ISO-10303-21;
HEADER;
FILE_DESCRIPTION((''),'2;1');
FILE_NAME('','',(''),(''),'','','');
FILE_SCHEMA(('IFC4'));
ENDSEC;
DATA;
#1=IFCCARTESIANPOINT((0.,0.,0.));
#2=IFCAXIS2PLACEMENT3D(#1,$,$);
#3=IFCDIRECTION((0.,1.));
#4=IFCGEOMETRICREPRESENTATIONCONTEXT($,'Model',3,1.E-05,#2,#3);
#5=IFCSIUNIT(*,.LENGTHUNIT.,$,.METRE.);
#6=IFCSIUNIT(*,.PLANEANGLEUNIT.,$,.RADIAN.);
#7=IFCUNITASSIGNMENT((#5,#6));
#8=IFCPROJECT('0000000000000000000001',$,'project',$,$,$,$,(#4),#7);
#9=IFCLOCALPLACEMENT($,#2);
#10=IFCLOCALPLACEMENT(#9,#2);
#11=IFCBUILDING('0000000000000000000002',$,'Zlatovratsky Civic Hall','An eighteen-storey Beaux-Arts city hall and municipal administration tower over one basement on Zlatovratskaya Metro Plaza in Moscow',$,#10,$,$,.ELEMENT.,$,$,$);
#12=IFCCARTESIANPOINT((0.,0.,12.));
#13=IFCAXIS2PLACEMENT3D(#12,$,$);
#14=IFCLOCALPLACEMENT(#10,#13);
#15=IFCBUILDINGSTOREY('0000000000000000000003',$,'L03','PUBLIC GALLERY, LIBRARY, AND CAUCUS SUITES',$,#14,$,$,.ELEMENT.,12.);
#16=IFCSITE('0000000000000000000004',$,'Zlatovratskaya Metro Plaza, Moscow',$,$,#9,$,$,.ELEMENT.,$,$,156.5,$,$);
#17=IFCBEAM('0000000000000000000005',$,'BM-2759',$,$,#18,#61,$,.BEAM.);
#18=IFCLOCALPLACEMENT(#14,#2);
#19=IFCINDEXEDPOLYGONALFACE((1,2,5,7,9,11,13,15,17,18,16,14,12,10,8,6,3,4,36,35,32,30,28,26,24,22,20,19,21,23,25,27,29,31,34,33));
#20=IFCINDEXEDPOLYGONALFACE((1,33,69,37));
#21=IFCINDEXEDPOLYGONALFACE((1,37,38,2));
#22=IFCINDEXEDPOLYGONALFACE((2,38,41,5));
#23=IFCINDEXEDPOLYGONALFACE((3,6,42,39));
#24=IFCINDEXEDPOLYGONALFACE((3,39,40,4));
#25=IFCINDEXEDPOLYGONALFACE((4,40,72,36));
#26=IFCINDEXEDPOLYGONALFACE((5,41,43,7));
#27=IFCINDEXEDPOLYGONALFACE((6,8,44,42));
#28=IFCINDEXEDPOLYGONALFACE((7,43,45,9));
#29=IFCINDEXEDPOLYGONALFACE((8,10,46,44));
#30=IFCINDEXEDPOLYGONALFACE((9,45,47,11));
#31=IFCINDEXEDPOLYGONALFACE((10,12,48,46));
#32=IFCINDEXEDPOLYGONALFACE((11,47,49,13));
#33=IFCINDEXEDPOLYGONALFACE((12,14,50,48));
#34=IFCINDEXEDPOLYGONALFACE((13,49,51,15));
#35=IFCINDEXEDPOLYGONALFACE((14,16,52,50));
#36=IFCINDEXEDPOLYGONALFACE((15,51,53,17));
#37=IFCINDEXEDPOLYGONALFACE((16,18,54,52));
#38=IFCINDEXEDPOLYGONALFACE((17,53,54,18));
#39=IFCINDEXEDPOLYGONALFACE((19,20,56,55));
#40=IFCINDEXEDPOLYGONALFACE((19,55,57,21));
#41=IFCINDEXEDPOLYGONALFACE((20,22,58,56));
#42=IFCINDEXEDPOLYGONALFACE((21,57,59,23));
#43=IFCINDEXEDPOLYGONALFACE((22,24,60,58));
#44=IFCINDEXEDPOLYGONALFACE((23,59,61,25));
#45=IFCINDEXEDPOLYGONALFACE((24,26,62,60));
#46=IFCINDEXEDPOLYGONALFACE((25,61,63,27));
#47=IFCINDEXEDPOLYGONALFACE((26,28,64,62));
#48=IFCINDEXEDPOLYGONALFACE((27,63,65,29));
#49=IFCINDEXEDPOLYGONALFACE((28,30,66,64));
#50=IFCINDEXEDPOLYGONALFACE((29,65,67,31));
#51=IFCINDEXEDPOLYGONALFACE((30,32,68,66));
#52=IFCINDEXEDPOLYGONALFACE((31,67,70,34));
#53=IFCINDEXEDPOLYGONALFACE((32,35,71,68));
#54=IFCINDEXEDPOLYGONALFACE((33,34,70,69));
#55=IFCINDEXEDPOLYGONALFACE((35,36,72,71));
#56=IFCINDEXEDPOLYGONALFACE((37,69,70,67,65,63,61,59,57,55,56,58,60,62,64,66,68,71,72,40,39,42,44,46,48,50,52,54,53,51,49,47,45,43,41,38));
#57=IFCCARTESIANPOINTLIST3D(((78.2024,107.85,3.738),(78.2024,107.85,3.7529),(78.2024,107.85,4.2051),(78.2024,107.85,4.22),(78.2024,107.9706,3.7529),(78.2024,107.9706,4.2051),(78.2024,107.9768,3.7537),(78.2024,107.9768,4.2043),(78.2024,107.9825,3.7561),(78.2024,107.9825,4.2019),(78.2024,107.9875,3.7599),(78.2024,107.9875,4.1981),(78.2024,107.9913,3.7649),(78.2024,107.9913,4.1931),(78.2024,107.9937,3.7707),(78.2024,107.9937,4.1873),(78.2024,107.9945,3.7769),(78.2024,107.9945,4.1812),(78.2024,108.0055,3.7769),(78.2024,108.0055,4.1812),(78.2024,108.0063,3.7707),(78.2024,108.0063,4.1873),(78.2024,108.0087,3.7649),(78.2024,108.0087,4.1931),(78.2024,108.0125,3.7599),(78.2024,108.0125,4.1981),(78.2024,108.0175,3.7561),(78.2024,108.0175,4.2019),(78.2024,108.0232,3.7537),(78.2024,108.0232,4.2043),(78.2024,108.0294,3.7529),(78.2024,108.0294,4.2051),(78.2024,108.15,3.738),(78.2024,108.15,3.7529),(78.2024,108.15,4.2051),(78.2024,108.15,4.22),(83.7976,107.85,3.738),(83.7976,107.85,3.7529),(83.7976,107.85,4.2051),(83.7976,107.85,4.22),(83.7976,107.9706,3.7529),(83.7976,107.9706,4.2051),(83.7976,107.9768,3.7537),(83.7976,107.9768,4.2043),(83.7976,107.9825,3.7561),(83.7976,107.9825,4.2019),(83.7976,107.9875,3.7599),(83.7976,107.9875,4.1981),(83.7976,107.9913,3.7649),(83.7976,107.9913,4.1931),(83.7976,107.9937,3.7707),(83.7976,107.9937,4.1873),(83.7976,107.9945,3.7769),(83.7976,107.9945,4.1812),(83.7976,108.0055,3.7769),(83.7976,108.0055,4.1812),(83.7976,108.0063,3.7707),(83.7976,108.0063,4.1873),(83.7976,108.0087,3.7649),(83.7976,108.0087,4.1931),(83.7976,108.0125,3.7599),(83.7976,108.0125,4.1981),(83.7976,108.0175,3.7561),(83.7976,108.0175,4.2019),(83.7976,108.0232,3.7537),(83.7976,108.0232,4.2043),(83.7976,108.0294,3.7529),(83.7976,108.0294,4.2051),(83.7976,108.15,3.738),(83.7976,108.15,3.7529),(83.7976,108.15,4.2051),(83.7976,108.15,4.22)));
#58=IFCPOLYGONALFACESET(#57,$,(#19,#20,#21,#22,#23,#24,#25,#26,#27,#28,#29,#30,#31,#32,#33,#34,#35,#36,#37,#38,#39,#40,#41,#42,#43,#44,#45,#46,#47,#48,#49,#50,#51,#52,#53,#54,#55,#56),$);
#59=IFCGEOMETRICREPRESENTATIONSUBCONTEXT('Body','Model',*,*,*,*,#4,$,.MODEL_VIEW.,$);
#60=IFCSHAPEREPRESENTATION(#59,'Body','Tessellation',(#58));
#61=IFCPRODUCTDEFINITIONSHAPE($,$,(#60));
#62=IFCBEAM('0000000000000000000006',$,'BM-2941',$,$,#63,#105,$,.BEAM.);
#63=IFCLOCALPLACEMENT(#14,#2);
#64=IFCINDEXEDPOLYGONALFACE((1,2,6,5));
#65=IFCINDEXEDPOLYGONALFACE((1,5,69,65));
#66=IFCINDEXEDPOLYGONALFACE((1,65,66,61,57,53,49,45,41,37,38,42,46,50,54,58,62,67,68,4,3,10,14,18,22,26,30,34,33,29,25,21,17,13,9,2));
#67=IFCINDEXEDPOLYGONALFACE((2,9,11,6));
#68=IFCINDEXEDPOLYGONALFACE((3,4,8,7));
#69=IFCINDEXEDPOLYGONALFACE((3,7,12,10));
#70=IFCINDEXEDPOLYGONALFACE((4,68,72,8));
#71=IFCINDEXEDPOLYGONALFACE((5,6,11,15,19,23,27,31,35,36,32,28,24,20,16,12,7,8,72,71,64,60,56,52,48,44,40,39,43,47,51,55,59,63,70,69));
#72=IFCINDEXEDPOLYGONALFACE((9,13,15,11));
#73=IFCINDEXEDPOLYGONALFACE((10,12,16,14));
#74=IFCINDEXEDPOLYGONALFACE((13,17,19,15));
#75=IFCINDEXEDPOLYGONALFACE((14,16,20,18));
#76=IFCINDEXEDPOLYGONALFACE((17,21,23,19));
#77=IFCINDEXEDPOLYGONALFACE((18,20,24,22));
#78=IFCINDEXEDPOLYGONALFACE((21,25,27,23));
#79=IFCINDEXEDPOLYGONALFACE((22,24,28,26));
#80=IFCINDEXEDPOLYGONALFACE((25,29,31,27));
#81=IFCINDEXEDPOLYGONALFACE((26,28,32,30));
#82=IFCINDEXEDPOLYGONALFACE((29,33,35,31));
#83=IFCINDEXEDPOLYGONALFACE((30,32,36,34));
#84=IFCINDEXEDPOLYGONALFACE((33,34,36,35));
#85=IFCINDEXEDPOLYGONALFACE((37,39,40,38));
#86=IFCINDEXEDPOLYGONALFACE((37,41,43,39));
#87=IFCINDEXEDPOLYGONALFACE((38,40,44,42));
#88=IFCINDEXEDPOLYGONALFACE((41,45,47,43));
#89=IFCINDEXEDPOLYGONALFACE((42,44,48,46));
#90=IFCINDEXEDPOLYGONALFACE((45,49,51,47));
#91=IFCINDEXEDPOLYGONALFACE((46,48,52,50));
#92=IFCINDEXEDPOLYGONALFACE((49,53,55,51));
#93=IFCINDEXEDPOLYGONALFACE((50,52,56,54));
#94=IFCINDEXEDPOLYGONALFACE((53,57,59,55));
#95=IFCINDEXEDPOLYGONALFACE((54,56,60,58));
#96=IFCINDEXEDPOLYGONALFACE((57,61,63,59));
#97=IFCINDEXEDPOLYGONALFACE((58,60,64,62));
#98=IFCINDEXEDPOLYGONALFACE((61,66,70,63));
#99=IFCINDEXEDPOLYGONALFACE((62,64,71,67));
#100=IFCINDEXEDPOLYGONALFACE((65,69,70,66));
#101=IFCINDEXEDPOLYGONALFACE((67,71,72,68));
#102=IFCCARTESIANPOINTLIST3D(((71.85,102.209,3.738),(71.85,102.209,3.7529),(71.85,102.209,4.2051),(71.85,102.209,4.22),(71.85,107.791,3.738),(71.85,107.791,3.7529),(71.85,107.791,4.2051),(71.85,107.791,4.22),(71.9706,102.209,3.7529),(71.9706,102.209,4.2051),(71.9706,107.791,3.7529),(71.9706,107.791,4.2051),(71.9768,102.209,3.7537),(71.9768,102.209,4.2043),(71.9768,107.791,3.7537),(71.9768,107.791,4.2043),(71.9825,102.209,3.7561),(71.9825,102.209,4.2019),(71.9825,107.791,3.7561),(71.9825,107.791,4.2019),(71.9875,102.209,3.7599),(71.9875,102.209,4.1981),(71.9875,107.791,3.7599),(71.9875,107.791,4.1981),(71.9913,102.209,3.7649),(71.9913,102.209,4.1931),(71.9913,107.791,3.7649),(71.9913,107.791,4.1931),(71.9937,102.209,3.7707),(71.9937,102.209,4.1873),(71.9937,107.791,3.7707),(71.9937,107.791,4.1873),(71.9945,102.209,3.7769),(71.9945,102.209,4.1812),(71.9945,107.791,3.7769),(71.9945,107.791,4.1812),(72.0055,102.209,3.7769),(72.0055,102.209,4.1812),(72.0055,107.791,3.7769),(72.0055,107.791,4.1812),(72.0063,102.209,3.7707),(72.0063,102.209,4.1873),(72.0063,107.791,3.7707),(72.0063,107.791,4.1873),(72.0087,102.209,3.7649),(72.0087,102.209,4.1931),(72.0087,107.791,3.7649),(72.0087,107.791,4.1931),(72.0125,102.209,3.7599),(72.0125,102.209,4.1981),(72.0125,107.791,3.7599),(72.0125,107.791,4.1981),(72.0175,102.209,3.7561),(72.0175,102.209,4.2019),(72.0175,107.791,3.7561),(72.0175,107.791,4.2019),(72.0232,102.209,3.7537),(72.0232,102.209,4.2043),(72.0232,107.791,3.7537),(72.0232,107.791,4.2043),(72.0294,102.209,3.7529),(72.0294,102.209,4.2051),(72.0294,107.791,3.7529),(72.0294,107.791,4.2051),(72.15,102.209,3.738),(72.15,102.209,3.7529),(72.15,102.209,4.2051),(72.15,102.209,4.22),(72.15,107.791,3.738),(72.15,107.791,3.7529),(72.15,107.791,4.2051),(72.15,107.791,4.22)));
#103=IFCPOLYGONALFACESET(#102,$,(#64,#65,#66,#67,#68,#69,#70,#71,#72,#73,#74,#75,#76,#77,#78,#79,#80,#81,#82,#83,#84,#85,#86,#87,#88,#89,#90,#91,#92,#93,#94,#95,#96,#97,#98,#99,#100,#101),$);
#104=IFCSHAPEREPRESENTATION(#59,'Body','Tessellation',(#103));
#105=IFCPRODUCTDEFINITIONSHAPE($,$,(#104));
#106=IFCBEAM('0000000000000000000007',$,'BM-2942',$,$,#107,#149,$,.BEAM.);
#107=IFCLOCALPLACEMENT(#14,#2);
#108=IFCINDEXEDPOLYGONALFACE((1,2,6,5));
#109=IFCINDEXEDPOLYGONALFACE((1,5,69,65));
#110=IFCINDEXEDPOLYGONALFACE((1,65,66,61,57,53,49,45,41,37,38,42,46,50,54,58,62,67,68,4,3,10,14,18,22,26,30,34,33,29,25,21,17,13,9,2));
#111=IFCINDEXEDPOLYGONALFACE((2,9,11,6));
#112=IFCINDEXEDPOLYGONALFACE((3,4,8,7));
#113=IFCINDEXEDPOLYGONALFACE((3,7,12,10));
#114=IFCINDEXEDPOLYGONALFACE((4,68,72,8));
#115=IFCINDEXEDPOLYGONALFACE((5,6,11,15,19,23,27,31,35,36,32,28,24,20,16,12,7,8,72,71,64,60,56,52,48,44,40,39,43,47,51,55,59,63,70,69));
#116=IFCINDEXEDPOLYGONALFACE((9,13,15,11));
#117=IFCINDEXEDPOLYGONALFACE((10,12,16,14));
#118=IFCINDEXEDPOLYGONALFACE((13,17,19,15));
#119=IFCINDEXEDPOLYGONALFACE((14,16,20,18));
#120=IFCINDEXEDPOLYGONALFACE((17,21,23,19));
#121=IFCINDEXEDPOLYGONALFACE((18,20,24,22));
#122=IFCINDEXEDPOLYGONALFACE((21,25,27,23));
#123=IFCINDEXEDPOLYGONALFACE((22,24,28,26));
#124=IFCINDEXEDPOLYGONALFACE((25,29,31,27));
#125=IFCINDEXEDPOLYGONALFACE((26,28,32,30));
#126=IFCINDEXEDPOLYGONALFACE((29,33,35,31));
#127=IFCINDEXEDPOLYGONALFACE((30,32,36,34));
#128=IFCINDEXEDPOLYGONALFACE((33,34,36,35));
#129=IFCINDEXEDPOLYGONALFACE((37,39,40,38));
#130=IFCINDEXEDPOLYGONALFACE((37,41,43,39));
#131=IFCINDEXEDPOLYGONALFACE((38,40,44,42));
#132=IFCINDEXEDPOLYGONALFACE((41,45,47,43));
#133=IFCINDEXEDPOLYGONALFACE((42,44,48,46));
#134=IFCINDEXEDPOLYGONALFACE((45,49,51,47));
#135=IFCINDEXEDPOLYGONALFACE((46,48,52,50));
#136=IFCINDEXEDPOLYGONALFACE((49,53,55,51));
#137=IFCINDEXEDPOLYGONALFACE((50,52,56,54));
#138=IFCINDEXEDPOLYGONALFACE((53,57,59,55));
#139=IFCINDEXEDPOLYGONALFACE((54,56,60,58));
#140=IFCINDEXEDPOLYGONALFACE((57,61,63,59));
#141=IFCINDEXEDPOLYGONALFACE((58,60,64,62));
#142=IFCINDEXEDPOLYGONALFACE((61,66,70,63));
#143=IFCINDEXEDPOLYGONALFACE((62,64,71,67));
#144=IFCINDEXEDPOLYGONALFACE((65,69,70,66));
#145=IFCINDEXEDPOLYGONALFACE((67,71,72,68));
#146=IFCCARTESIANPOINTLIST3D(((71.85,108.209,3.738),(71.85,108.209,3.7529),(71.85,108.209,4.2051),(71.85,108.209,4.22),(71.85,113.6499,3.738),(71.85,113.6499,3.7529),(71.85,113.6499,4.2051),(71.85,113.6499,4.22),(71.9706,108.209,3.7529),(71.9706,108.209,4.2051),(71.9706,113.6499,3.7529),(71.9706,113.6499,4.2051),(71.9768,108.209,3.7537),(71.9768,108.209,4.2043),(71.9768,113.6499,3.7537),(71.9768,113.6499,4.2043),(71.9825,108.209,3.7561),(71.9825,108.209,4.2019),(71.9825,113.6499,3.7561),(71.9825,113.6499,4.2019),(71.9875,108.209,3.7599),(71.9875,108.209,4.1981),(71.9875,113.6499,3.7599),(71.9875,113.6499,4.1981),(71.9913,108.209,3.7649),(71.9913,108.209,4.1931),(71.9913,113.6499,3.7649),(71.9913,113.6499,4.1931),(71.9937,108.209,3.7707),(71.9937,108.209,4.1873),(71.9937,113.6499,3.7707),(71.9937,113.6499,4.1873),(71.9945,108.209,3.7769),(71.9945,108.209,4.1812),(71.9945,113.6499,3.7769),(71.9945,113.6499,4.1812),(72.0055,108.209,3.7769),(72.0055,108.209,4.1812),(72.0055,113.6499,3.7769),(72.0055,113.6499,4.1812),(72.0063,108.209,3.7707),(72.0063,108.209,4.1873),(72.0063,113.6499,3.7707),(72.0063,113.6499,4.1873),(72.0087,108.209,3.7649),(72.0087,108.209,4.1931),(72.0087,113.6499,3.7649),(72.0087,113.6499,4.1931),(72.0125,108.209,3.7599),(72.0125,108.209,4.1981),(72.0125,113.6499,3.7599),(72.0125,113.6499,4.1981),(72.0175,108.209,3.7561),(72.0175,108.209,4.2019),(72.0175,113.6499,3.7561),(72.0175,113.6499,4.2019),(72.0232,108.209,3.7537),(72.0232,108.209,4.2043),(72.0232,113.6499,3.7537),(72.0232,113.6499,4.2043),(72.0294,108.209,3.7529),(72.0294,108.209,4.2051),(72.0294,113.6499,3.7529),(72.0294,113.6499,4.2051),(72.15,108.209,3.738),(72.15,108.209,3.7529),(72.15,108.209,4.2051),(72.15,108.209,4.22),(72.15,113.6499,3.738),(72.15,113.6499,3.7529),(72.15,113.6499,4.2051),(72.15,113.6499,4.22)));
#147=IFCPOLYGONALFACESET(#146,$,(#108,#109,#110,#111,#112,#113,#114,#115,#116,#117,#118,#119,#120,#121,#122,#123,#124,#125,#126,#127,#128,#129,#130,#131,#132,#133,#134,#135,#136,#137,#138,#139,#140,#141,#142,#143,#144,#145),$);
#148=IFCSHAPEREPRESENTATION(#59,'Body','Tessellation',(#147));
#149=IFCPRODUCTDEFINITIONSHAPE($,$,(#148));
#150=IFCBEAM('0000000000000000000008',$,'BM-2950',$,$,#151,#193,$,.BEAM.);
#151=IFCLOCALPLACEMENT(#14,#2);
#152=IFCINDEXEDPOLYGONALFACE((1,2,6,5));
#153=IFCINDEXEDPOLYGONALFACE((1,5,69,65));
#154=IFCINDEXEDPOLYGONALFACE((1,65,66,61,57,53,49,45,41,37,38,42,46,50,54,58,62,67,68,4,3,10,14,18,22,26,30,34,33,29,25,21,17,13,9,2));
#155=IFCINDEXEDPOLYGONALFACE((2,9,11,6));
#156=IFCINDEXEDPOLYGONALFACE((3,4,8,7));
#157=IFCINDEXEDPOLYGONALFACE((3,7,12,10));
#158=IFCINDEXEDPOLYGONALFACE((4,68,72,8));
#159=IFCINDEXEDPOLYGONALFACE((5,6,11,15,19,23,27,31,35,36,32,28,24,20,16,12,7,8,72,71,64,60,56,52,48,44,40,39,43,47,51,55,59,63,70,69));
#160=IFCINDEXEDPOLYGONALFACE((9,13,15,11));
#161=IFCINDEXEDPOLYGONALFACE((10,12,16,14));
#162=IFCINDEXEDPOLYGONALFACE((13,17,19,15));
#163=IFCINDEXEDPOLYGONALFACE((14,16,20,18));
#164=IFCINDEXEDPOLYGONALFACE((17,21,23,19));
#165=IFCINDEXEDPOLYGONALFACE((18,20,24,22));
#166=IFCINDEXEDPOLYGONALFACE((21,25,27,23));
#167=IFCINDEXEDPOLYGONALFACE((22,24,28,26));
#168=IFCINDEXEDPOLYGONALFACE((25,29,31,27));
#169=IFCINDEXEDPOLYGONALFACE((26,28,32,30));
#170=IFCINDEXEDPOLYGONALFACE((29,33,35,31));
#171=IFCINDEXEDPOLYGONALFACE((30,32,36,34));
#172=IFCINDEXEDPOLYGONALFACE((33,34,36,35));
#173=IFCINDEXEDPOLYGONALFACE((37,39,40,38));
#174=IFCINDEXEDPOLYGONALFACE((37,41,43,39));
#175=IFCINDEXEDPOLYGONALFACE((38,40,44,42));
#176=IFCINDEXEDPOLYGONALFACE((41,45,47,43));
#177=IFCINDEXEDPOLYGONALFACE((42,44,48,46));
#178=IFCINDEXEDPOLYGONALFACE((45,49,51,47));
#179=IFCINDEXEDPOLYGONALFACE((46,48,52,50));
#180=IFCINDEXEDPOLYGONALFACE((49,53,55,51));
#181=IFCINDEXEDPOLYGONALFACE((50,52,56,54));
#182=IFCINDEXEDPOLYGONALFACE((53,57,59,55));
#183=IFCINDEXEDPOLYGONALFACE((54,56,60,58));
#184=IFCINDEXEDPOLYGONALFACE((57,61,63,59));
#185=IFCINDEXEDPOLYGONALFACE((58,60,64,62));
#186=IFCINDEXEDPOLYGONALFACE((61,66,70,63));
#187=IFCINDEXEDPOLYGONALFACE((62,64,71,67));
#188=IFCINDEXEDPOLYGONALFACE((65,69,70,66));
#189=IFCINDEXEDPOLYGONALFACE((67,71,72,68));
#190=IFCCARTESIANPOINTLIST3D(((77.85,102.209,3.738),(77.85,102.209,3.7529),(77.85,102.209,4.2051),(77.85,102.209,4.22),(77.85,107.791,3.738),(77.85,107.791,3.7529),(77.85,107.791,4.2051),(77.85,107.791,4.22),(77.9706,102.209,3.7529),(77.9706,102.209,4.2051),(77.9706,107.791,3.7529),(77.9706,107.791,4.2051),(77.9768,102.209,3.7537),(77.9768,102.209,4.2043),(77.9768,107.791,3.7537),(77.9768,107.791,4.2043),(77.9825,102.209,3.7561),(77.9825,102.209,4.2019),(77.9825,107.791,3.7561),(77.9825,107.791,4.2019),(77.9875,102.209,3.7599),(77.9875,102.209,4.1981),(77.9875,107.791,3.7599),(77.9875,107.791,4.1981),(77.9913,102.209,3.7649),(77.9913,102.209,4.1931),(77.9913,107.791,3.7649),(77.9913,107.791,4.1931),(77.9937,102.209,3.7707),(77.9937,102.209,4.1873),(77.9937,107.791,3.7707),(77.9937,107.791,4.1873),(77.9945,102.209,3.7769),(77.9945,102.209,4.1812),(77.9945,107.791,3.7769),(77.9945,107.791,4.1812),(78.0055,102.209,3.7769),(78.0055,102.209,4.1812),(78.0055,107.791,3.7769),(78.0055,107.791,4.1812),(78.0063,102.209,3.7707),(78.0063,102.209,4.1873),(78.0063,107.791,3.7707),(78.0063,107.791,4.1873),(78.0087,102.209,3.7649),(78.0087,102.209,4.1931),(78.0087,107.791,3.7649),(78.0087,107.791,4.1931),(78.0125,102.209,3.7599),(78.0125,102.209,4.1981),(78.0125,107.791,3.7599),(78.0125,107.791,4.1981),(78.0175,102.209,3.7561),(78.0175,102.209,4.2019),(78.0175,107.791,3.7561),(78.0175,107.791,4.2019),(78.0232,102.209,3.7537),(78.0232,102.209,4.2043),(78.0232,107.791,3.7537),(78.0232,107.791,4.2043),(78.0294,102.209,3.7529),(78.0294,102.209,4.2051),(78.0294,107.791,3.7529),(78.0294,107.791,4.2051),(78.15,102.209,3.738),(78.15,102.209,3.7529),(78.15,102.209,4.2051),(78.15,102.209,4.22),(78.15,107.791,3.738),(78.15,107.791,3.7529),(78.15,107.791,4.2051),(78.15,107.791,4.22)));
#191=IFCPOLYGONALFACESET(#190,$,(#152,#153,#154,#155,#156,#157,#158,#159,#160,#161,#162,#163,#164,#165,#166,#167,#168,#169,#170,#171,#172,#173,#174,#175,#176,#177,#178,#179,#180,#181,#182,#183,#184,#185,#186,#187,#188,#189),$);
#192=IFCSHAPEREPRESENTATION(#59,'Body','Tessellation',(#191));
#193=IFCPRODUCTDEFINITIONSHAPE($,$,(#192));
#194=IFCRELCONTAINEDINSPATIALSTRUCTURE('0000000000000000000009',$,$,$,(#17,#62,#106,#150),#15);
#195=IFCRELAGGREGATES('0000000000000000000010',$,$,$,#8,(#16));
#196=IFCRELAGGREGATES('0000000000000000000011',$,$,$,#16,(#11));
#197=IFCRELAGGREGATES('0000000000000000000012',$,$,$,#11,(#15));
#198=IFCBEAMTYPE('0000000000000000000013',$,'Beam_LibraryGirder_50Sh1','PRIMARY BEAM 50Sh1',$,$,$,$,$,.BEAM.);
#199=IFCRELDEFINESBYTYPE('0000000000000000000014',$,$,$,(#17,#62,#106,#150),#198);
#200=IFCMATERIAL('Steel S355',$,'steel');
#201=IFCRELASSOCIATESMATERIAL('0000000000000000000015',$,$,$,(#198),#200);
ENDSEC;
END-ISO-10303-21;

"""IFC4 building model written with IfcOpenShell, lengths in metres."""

from ifc_helpers import new_model, si_unit, direction, frame, origin, origin_2d, place, context, subcontext, project, spatial, i_section, extrude, material, material_profile, profile_set, type_object, element, save


model = new_model("IFC4")

# Units and contexts
model_context = context("Model", 3, precision=1e-05, world=origin(), true_north=direction((0.0, 1.0)))
body_context = subcontext(model_context, "Body", "Model", "MODEL_VIEW")
ifc_project = project(units=[si_unit("LENGTHUNIT", "METRE"), si_unit("PLANEANGLEUNIT", "RADIAN")], contexts=[model_context])

# Site, building, storey
site_placement = place(None, origin())
site = spatial("IfcSite", under=ifc_project, at=site_placement, Name="Zlatovratskaya Metro Plaza, Moscow", CompositionType="ELEMENT", RefElevation=156.5)
building_placement = place(site_placement, origin())
building = spatial("IfcBuilding", under=site, at=building_placement, Name="Zlatovratsky Civic Hall", Description="An eighteen-storey Beaux-Arts city hall and municipal administration tower over one basement on Zlatovratskaya Metro Plaza in Moscow", CompositionType="ELEMENT")
storey_placement = place(building_placement, frame((0.0, 0.0, 12.0)))
storey = spatial("IfcBuildingStorey", under=building, at=storey_placement, Name="L03", Description="PUBLIC GALLERY, LIBRARY, AND CAUCUS SUITES", CompositionType="ELEMENT", Elevation=12.0)

# Shared definitions
ifc_material_1 = material(Name="Steel S355", Category="steel")

# Beams
ifc_material_profile_1 = material_profile(ifc_material_1, i_section(OverallWidth=0.3, OverallDepth=0.4819, WebThickness=0.011, FlangeThickness=0.0149, FilletRadius=0.0239, at=origin_2d()), Name="50Sh1")
ifc_profile_set_1 = profile_set([ifc_material_profile_1], Name="Steel S355")
beam_type_1 = type_object("IfcBeamType", Name="Beam_LibraryGirder_50Sh1", Description="PRIMARY BEAM 50Sh1", PredefinedType="BEAM", material=ifc_profile_set_1)
for number, where, z_axis, x_axis, name in (
    (1, (78.2024, 108.0, 3.979), (1.0, 0.0, 0.0), (0.0, 1.0, 0.0), "BM-2759"),
):
    element("IfcBeam", number, at=place(storey_placement, frame(where, z_axis=z_axis, x_axis=x_axis)), inside=storey, type_object=beam_type_1, Name=name, PredefinedType="BEAM", context=body_context, shape_type="SweptSolid", body=[
        extrude(i_section(OverallWidth=0.3, OverallDepth=0.4819, WebThickness=0.011, FlangeThickness=0.0149, FilletRadius=0.0239, at=origin_2d()), origin(), (0.0, 0.0, 1.0), 5.5952),
    ])
beam_1_placement = place(storey_placement, frame((72.0, 102.209, 3.979), z_axis=(0.0, 1.0, 0.0), x_axis=(-1.0, 0.0, 0.0)))
element("IfcBeam", 2, at=beam_1_placement, inside=storey, type_object=beam_type_1, Name="BM-2941", PredefinedType="BEAM", context=body_context, shape_type="SweptSolid", body=[
    extrude(i_section(OverallWidth=0.3, OverallDepth=0.4819, WebThickness=0.011, FlangeThickness=0.0149, FilletRadius=0.0239, at=origin_2d()), origin(), (0.0, 0.0, 1.0), 5.582),
])
beam_2_placement = place(storey_placement, frame((72.0, 108.209, 3.979), z_axis=(0.0, 1.0, 0.0), x_axis=(-1.0, 0.0, 0.0)))
element("IfcBeam", 3, at=beam_2_placement, inside=storey, type_object=beam_type_1, Name="BM-2942", PredefinedType="BEAM", context=body_context, shape_type="SweptSolid", body=[
    extrude(i_section(OverallWidth=0.3, OverallDepth=0.4819, WebThickness=0.011, FlangeThickness=0.0149, FilletRadius=0.0239, at=origin_2d()), origin(), (0.0, 0.0, 1.0), 5.4409),
])
beam_3_placement = place(storey_placement, frame((78.0, 102.209, 3.979), z_axis=(0.0, 1.0, 0.0), x_axis=(-1.0, 0.0, 0.0)))
element("IfcBeam", 4, at=beam_3_placement, inside=storey, type_object=beam_type_1, Name="BM-2950", PredefinedType="BEAM", context=body_context, shape_type="SweptSolid", body=[
    extrude(i_section(OverallWidth=0.3, OverallDepth=0.4819, WebThickness=0.011, FlangeThickness=0.0149, FilletRadius=0.0239, at=origin_2d()), origin(), (0.0, 0.0, 1.0), 5.582),
])

save(model, "model.ifc")
